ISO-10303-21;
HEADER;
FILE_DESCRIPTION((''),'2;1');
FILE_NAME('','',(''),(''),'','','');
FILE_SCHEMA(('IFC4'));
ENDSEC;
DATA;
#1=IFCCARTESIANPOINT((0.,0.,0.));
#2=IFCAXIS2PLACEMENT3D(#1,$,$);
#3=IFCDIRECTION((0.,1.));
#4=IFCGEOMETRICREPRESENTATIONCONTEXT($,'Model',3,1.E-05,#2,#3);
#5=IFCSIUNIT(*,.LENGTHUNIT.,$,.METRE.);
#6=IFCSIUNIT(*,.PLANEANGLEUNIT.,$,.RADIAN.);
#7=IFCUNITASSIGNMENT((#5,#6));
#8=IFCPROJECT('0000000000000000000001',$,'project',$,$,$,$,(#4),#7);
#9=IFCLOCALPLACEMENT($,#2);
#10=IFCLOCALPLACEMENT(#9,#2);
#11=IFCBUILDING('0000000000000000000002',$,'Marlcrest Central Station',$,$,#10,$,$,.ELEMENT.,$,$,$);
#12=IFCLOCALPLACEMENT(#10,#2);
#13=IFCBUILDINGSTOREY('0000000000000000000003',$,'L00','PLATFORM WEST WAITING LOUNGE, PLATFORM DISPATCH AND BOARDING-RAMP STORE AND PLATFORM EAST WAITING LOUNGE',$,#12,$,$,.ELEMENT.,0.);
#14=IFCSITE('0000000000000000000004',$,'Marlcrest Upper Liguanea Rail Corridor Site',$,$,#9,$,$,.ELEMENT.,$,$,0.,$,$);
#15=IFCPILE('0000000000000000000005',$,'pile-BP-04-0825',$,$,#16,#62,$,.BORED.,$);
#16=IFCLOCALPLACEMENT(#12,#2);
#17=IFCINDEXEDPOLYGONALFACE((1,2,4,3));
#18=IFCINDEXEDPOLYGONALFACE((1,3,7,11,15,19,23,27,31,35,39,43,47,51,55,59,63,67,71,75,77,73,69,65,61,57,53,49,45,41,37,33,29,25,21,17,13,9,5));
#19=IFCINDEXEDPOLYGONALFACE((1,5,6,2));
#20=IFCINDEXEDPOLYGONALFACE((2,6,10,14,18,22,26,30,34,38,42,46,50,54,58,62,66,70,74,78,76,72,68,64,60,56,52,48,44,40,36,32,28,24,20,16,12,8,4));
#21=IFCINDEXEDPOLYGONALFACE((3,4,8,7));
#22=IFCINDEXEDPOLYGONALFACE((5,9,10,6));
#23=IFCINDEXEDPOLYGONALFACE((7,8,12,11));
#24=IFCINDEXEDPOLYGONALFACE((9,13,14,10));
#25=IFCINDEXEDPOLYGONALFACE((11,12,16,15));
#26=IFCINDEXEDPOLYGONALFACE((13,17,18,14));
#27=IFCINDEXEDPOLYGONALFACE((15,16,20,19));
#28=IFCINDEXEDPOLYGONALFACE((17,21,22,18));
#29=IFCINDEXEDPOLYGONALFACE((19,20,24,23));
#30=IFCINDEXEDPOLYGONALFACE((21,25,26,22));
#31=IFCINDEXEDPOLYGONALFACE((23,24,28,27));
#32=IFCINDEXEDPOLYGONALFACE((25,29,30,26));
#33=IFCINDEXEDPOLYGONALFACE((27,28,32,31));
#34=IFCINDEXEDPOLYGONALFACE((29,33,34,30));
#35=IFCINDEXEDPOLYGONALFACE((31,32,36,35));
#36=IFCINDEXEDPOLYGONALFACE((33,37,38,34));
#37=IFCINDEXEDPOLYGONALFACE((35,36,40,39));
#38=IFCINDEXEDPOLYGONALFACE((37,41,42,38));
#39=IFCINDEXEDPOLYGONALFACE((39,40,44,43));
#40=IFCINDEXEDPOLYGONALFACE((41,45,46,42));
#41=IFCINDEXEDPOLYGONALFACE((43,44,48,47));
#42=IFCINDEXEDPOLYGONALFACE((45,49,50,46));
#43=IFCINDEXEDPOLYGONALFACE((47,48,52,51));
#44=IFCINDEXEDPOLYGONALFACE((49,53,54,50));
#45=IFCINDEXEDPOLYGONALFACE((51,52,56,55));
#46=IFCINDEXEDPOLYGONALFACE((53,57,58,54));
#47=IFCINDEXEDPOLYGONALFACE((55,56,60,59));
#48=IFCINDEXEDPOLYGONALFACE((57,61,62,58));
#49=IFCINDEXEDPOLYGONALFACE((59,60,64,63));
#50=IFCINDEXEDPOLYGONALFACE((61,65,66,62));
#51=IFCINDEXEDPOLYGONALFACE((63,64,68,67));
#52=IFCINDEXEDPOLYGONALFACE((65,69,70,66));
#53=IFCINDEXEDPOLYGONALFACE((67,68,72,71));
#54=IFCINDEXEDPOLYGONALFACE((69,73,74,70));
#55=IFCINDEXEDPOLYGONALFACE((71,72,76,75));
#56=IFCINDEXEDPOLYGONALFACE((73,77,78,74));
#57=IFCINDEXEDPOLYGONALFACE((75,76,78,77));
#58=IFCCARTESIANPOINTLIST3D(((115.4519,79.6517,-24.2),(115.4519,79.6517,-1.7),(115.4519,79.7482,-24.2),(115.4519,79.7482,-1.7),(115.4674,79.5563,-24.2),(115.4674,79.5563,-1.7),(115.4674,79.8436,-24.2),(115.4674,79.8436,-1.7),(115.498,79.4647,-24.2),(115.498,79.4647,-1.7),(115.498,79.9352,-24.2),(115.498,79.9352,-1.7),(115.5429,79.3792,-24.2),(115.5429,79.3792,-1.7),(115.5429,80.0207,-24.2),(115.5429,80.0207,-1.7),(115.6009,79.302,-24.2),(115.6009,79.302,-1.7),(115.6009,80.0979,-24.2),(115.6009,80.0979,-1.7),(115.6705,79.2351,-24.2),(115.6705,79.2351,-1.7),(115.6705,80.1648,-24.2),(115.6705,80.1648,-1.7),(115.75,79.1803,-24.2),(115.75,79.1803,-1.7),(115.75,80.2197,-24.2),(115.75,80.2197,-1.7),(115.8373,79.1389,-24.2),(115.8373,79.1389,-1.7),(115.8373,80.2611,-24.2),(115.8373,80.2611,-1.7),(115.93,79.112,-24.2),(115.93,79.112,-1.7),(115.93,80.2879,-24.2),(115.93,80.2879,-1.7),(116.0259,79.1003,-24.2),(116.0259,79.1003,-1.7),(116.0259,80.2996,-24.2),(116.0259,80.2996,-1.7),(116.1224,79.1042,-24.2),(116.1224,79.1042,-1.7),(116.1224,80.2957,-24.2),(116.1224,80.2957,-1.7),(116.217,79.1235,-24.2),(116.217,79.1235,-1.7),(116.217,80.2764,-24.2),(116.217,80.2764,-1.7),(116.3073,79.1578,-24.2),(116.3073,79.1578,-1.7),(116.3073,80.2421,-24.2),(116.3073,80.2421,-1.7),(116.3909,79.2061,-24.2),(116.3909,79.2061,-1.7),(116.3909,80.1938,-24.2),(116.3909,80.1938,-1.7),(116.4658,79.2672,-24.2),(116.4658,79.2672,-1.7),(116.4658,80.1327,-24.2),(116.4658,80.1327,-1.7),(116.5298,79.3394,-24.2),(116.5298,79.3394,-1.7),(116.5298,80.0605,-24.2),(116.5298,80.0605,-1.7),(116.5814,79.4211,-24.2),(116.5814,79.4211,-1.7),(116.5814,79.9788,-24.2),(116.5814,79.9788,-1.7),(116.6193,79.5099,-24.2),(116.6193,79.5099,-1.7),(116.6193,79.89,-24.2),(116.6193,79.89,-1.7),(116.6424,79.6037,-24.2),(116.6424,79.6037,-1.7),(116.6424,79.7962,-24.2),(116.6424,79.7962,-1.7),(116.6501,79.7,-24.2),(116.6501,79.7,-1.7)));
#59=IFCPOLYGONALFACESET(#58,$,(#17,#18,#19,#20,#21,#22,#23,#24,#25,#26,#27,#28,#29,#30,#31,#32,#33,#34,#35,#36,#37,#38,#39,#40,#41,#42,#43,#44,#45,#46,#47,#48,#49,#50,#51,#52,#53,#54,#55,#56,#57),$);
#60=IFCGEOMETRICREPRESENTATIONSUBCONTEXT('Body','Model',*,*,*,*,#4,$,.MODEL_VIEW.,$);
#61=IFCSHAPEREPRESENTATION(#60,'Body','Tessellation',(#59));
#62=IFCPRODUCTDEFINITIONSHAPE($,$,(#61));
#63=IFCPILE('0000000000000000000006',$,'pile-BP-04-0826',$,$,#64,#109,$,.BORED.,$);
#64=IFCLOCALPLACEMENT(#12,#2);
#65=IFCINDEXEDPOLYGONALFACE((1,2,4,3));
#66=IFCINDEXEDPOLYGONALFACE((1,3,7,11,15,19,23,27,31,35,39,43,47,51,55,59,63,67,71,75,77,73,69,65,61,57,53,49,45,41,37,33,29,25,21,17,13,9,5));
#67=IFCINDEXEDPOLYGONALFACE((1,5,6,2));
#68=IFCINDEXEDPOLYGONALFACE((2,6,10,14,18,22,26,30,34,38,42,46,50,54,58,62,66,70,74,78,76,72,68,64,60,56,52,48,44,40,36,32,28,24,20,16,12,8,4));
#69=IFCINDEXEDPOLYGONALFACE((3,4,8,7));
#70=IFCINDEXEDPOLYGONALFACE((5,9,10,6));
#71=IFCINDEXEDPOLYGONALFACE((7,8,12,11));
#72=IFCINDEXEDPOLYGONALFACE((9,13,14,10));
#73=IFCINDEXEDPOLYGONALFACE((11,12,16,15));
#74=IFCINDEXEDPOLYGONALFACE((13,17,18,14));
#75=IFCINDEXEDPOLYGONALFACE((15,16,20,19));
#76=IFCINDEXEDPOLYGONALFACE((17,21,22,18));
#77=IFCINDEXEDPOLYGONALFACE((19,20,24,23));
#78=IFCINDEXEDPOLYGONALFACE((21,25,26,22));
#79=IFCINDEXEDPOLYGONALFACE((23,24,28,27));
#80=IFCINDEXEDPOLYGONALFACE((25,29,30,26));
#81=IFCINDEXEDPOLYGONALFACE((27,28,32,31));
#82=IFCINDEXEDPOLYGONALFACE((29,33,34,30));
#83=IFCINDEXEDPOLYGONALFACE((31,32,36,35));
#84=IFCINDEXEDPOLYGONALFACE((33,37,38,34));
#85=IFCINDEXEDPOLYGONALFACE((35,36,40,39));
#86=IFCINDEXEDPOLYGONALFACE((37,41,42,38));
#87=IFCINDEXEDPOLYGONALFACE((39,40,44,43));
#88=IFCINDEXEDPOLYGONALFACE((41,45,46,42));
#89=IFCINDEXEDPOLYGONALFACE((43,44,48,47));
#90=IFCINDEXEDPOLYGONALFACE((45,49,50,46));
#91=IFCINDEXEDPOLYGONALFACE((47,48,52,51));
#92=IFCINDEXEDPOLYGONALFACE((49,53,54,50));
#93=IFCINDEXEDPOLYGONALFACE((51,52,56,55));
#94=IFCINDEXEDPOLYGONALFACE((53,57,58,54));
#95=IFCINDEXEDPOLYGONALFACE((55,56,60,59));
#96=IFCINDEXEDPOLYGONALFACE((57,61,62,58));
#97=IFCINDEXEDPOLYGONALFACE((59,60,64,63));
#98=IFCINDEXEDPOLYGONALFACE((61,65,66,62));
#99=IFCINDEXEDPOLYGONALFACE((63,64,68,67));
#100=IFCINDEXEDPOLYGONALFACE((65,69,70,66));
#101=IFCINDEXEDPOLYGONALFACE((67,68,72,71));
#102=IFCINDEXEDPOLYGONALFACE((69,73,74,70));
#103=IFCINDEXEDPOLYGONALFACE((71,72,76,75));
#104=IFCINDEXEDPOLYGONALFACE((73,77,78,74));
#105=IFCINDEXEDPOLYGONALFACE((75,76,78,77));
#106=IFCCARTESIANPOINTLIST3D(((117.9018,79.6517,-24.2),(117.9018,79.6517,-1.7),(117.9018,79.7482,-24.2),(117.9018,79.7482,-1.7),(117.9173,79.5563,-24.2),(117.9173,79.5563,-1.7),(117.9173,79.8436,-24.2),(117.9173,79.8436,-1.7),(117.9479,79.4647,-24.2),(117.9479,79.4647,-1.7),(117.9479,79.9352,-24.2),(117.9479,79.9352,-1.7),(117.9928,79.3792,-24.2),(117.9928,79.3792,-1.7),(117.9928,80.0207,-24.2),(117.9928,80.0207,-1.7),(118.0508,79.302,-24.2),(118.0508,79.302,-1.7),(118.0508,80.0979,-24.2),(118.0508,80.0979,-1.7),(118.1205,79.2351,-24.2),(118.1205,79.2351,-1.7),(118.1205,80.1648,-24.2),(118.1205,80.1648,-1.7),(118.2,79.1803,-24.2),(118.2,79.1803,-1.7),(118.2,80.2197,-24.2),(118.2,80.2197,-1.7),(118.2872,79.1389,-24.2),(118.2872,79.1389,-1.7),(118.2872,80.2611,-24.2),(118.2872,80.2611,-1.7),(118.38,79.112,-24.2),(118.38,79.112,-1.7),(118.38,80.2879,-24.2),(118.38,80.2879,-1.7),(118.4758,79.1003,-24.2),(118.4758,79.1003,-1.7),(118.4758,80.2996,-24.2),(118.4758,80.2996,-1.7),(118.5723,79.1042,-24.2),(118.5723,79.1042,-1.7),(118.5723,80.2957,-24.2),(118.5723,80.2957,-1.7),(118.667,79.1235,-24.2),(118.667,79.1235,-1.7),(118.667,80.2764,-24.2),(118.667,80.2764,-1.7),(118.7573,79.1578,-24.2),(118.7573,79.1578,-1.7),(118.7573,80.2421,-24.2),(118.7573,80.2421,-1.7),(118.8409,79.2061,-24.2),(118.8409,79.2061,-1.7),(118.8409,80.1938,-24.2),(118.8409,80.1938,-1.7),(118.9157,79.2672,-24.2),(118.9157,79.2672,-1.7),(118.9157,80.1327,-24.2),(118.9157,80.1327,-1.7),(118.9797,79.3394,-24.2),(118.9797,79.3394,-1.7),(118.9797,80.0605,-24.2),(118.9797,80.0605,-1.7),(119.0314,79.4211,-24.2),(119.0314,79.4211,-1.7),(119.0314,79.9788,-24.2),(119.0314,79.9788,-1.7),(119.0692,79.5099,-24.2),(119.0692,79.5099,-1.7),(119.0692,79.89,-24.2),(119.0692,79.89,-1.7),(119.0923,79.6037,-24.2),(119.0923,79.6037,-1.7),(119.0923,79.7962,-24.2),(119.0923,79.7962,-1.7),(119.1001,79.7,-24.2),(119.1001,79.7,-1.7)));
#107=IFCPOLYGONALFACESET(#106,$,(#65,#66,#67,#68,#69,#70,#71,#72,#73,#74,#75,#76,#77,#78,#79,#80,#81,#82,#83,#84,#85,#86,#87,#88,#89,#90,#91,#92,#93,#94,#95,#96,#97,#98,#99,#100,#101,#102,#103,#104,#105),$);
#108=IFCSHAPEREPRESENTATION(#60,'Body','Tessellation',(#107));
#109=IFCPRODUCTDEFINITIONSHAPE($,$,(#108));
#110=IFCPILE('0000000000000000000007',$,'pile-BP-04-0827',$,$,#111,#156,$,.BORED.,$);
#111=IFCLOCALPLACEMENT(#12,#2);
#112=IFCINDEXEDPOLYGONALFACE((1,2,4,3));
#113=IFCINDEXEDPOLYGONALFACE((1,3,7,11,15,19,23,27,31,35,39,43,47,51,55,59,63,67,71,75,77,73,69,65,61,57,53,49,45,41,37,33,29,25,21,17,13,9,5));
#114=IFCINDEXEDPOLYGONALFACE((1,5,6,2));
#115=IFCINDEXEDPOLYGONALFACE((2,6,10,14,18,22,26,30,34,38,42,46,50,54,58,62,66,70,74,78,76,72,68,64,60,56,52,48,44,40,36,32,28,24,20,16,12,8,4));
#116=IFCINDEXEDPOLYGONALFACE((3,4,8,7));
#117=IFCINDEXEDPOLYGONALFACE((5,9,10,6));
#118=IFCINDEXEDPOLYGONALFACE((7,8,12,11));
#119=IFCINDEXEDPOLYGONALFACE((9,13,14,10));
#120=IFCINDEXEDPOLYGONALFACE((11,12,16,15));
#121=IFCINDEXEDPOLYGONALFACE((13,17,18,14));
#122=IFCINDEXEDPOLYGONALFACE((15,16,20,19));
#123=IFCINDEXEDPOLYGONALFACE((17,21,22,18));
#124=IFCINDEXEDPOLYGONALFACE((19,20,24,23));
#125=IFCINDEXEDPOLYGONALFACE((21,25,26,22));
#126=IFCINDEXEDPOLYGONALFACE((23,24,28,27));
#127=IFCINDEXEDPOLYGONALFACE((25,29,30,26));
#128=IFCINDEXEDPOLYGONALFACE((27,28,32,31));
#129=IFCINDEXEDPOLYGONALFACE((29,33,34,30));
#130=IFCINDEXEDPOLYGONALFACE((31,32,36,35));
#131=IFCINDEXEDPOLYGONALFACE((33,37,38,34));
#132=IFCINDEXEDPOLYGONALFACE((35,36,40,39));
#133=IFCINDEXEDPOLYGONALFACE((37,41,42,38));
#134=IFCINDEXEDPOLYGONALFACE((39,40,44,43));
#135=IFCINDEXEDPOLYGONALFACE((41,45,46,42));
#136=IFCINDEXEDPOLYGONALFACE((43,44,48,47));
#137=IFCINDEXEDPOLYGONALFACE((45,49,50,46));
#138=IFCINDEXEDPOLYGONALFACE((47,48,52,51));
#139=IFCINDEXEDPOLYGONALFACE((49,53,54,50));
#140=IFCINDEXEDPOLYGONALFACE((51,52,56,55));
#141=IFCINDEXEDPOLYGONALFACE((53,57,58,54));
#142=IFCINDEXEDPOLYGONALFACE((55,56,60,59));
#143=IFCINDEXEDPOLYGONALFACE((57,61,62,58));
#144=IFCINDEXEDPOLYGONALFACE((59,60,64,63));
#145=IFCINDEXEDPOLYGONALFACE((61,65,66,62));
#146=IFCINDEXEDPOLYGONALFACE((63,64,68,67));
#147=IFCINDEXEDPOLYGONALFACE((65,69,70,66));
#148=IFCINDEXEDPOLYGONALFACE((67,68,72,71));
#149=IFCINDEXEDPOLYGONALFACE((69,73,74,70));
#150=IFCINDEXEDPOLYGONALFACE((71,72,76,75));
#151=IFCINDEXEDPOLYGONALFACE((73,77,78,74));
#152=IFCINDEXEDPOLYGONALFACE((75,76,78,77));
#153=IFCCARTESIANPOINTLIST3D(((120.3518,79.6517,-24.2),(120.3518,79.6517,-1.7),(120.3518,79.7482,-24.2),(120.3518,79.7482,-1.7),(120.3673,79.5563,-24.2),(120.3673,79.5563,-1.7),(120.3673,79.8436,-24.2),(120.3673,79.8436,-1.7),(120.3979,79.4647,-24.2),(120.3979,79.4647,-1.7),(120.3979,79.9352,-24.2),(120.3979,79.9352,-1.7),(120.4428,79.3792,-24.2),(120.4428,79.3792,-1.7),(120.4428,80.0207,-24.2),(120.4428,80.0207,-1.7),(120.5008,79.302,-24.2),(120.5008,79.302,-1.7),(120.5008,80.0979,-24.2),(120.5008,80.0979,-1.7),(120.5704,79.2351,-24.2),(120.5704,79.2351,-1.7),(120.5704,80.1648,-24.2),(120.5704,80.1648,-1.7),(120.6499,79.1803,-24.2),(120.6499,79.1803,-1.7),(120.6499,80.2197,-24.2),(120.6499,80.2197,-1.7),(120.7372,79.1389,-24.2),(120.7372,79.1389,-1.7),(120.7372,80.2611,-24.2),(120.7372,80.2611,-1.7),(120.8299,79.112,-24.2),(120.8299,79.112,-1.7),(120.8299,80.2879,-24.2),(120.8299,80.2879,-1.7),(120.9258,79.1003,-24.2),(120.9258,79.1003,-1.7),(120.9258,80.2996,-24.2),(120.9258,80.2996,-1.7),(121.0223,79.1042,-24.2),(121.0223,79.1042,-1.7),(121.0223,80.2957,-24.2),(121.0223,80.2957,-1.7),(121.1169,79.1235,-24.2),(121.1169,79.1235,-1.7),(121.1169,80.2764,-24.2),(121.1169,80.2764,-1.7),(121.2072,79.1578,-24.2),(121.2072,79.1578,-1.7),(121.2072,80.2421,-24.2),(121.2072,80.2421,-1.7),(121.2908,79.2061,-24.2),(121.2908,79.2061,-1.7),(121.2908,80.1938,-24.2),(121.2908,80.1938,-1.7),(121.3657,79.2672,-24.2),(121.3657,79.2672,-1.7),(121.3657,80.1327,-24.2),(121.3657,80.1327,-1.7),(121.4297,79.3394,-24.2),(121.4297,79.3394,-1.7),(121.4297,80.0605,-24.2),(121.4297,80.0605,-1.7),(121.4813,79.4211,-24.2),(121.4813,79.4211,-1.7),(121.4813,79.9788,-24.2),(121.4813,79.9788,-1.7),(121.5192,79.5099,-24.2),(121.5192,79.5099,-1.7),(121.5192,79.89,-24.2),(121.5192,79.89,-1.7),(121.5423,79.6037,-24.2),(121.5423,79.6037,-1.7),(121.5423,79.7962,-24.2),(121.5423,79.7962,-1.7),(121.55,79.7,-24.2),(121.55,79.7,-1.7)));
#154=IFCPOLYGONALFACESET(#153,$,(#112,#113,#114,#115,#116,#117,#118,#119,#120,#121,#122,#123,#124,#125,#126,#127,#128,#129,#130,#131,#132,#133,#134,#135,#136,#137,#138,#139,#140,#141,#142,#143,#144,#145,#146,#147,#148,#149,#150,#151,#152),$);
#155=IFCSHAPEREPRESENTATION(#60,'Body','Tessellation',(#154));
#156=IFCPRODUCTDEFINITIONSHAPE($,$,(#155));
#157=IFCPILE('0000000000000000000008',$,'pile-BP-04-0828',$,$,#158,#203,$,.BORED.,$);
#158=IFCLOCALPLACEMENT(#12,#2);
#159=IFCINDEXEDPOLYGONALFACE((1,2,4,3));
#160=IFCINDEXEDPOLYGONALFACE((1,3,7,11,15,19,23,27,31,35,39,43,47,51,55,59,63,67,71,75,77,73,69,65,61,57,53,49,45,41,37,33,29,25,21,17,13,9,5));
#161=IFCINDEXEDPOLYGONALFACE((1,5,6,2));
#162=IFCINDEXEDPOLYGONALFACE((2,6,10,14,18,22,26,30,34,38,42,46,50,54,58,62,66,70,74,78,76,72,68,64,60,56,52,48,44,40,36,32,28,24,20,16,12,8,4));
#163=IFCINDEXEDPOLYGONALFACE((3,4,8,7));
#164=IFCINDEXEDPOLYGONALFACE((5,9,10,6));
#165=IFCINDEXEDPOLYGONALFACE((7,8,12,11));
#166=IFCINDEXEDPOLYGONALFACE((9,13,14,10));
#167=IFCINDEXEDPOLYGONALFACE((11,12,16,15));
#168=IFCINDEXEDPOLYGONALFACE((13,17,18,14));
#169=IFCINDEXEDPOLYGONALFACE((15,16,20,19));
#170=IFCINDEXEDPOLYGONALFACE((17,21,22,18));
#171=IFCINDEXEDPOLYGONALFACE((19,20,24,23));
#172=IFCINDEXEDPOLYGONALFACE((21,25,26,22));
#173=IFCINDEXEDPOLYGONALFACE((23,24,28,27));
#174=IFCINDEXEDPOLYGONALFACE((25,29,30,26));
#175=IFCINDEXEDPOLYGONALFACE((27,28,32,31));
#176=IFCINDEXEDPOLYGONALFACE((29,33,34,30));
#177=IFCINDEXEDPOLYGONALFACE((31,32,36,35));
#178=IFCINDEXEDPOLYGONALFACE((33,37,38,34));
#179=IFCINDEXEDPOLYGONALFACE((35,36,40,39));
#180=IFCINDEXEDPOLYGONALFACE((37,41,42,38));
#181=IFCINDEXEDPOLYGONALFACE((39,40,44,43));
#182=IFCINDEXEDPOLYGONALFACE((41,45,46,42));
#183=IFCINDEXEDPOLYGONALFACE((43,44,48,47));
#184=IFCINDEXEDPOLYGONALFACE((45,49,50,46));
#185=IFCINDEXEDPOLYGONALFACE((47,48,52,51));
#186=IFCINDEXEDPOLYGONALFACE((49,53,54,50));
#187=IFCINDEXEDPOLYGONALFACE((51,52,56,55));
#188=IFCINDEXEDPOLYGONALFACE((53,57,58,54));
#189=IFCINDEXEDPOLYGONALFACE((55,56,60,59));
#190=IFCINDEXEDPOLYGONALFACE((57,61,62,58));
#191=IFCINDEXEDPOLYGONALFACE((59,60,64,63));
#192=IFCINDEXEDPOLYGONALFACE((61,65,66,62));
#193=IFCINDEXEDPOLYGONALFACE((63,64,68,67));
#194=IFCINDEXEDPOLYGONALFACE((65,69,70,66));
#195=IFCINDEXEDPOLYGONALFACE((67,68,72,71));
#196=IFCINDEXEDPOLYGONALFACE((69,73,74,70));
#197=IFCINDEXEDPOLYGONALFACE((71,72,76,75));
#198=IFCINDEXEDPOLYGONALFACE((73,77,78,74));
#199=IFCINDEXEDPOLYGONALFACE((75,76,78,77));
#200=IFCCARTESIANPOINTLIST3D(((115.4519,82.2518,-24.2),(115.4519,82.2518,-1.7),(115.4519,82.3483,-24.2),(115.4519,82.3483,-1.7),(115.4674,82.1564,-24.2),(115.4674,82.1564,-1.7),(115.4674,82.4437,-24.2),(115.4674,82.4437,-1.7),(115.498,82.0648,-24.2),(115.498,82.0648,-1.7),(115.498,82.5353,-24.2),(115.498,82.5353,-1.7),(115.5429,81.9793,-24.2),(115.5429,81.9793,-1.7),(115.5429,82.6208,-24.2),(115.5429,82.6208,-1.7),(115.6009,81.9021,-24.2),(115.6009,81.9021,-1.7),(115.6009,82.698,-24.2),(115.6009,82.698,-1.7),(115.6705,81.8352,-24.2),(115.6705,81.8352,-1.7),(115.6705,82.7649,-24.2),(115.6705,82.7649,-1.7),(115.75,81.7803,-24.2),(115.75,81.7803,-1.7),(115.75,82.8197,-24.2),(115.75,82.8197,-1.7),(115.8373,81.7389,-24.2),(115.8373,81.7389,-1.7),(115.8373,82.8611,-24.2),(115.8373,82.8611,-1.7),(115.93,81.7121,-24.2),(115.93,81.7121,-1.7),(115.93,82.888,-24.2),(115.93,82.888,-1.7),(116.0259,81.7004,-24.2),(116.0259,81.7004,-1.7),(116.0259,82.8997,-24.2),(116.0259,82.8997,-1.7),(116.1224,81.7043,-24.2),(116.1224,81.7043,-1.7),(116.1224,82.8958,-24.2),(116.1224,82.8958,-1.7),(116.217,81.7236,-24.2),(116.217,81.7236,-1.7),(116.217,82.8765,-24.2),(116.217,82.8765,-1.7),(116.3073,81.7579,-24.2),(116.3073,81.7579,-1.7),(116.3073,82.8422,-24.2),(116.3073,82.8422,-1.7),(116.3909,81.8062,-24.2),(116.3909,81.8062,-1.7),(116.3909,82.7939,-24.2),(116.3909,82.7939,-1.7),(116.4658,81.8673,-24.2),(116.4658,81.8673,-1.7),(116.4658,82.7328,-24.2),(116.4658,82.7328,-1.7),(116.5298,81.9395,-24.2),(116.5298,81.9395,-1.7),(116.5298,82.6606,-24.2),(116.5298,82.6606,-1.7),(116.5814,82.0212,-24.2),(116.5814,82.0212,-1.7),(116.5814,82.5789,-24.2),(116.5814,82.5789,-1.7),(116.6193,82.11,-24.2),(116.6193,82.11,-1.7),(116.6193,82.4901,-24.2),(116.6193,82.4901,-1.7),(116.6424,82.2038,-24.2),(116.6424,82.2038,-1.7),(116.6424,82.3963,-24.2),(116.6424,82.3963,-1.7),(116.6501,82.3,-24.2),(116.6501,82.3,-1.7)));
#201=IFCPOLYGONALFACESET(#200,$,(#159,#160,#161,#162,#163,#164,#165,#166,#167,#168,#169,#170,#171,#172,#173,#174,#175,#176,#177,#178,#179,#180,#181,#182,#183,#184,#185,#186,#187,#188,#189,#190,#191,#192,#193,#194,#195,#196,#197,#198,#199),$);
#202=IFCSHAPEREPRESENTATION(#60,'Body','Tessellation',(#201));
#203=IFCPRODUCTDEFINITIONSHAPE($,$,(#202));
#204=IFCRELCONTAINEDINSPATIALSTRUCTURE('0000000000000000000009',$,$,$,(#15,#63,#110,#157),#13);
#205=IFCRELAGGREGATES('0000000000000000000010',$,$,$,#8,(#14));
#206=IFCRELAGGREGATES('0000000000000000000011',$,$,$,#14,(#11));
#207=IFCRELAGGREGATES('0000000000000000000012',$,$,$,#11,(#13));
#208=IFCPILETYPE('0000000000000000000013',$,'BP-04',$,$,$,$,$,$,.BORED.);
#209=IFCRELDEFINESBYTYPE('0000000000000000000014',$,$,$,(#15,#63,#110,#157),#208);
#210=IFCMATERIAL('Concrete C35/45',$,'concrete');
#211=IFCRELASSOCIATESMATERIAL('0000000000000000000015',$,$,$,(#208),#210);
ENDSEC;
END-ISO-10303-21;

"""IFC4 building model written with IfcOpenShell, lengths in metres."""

from ifc_helpers import new_model, si_unit, direction, frame, origin, origin_2d, place, context, subcontext, project, spatial, circle, extrude, material, material_profile, profile_set, type_object, element, save


model = new_model("IFC4")

# Units and contexts
model_context = context("Model", 3, precision=1e-05, world=origin(), true_north=direction((0.0, 1.0)))
body_context = subcontext(model_context, "Body", "Model", "MODEL_VIEW")
ifc_project = project(units=[si_unit("LENGTHUNIT", "METRE"), si_unit("PLANEANGLEUNIT", "RADIAN")], contexts=[model_context])

# Site, building, storey
site_placement = place(None, origin())
site = spatial("IfcSite", under=ifc_project, at=site_placement, Name="Marlcrest Upper Liguanea Rail Corridor Site", CompositionType="ELEMENT", RefElevation=0.0)
building_placement = place(site_placement, origin())
building = spatial("IfcBuilding", under=site, at=building_placement, Name="Marlcrest Central Station", CompositionType="ELEMENT")
storey_placement = place(building_placement, origin())
storey = spatial("IfcBuildingStorey", under=building, at=storey_placement, Name="L00", Description="PLATFORM WEST WAITING LOUNGE, PLATFORM DISPATCH AND BOARDING-RAMP STORE AND PLATFORM EAST WAITING LOUNGE", CompositionType="ELEMENT", Elevation=0.0)

# Piles
ifc_material_1 = material(Name="Concrete C35/45", Category="concrete")
ifc_material_profile_1 = material_profile(ifc_material_1, circle(Radius=0.6001, at=origin_2d()), Name="PILE D1200")
ifc_profile_set_1 = profile_set([ifc_material_profile_1], Name="Concrete C35/45")
pile_type_1 = type_object("IfcPileType", Name="BP-04", PredefinedType="BORED", material=ifc_profile_set_1)
for number, where, z_axis, x_axis, name in (
    (1, (116.05, 79.7, -1.7), (0.0, 0.0, -1.0), (1.0, 0.0, 0.0), "pile-BP-04-0825"),
    (2, (118.5, 79.7, -1.7), (0.0, 0.0, -1.0), (1.0, 0.0, 0.0), "pile-BP-04-0826"),
    (3, (120.95, 79.7, -1.7), (0.0, 0.0, -1.0), (1.0, 0.0, 0.0), "pile-BP-04-0827"),
    (4, (116.05, 82.3, -1.7), (0.0, 0.0, -1.0), (1.0, 0.0, 0.0), "pile-BP-04-0828"),
):
    element("IfcPile", number, at=place(storey_placement, frame(where, z_axis=z_axis, x_axis=x_axis)), inside=storey, type_object=pile_type_1, Name=name, PredefinedType="BORED", context=body_context, shape_type="SweptSolid", body=[
        extrude(circle(Radius=0.6001, at=origin_2d()), origin(), (0.0, 0.0, 1.0), 22.5),
    ])

save(model, "model.ifc")
